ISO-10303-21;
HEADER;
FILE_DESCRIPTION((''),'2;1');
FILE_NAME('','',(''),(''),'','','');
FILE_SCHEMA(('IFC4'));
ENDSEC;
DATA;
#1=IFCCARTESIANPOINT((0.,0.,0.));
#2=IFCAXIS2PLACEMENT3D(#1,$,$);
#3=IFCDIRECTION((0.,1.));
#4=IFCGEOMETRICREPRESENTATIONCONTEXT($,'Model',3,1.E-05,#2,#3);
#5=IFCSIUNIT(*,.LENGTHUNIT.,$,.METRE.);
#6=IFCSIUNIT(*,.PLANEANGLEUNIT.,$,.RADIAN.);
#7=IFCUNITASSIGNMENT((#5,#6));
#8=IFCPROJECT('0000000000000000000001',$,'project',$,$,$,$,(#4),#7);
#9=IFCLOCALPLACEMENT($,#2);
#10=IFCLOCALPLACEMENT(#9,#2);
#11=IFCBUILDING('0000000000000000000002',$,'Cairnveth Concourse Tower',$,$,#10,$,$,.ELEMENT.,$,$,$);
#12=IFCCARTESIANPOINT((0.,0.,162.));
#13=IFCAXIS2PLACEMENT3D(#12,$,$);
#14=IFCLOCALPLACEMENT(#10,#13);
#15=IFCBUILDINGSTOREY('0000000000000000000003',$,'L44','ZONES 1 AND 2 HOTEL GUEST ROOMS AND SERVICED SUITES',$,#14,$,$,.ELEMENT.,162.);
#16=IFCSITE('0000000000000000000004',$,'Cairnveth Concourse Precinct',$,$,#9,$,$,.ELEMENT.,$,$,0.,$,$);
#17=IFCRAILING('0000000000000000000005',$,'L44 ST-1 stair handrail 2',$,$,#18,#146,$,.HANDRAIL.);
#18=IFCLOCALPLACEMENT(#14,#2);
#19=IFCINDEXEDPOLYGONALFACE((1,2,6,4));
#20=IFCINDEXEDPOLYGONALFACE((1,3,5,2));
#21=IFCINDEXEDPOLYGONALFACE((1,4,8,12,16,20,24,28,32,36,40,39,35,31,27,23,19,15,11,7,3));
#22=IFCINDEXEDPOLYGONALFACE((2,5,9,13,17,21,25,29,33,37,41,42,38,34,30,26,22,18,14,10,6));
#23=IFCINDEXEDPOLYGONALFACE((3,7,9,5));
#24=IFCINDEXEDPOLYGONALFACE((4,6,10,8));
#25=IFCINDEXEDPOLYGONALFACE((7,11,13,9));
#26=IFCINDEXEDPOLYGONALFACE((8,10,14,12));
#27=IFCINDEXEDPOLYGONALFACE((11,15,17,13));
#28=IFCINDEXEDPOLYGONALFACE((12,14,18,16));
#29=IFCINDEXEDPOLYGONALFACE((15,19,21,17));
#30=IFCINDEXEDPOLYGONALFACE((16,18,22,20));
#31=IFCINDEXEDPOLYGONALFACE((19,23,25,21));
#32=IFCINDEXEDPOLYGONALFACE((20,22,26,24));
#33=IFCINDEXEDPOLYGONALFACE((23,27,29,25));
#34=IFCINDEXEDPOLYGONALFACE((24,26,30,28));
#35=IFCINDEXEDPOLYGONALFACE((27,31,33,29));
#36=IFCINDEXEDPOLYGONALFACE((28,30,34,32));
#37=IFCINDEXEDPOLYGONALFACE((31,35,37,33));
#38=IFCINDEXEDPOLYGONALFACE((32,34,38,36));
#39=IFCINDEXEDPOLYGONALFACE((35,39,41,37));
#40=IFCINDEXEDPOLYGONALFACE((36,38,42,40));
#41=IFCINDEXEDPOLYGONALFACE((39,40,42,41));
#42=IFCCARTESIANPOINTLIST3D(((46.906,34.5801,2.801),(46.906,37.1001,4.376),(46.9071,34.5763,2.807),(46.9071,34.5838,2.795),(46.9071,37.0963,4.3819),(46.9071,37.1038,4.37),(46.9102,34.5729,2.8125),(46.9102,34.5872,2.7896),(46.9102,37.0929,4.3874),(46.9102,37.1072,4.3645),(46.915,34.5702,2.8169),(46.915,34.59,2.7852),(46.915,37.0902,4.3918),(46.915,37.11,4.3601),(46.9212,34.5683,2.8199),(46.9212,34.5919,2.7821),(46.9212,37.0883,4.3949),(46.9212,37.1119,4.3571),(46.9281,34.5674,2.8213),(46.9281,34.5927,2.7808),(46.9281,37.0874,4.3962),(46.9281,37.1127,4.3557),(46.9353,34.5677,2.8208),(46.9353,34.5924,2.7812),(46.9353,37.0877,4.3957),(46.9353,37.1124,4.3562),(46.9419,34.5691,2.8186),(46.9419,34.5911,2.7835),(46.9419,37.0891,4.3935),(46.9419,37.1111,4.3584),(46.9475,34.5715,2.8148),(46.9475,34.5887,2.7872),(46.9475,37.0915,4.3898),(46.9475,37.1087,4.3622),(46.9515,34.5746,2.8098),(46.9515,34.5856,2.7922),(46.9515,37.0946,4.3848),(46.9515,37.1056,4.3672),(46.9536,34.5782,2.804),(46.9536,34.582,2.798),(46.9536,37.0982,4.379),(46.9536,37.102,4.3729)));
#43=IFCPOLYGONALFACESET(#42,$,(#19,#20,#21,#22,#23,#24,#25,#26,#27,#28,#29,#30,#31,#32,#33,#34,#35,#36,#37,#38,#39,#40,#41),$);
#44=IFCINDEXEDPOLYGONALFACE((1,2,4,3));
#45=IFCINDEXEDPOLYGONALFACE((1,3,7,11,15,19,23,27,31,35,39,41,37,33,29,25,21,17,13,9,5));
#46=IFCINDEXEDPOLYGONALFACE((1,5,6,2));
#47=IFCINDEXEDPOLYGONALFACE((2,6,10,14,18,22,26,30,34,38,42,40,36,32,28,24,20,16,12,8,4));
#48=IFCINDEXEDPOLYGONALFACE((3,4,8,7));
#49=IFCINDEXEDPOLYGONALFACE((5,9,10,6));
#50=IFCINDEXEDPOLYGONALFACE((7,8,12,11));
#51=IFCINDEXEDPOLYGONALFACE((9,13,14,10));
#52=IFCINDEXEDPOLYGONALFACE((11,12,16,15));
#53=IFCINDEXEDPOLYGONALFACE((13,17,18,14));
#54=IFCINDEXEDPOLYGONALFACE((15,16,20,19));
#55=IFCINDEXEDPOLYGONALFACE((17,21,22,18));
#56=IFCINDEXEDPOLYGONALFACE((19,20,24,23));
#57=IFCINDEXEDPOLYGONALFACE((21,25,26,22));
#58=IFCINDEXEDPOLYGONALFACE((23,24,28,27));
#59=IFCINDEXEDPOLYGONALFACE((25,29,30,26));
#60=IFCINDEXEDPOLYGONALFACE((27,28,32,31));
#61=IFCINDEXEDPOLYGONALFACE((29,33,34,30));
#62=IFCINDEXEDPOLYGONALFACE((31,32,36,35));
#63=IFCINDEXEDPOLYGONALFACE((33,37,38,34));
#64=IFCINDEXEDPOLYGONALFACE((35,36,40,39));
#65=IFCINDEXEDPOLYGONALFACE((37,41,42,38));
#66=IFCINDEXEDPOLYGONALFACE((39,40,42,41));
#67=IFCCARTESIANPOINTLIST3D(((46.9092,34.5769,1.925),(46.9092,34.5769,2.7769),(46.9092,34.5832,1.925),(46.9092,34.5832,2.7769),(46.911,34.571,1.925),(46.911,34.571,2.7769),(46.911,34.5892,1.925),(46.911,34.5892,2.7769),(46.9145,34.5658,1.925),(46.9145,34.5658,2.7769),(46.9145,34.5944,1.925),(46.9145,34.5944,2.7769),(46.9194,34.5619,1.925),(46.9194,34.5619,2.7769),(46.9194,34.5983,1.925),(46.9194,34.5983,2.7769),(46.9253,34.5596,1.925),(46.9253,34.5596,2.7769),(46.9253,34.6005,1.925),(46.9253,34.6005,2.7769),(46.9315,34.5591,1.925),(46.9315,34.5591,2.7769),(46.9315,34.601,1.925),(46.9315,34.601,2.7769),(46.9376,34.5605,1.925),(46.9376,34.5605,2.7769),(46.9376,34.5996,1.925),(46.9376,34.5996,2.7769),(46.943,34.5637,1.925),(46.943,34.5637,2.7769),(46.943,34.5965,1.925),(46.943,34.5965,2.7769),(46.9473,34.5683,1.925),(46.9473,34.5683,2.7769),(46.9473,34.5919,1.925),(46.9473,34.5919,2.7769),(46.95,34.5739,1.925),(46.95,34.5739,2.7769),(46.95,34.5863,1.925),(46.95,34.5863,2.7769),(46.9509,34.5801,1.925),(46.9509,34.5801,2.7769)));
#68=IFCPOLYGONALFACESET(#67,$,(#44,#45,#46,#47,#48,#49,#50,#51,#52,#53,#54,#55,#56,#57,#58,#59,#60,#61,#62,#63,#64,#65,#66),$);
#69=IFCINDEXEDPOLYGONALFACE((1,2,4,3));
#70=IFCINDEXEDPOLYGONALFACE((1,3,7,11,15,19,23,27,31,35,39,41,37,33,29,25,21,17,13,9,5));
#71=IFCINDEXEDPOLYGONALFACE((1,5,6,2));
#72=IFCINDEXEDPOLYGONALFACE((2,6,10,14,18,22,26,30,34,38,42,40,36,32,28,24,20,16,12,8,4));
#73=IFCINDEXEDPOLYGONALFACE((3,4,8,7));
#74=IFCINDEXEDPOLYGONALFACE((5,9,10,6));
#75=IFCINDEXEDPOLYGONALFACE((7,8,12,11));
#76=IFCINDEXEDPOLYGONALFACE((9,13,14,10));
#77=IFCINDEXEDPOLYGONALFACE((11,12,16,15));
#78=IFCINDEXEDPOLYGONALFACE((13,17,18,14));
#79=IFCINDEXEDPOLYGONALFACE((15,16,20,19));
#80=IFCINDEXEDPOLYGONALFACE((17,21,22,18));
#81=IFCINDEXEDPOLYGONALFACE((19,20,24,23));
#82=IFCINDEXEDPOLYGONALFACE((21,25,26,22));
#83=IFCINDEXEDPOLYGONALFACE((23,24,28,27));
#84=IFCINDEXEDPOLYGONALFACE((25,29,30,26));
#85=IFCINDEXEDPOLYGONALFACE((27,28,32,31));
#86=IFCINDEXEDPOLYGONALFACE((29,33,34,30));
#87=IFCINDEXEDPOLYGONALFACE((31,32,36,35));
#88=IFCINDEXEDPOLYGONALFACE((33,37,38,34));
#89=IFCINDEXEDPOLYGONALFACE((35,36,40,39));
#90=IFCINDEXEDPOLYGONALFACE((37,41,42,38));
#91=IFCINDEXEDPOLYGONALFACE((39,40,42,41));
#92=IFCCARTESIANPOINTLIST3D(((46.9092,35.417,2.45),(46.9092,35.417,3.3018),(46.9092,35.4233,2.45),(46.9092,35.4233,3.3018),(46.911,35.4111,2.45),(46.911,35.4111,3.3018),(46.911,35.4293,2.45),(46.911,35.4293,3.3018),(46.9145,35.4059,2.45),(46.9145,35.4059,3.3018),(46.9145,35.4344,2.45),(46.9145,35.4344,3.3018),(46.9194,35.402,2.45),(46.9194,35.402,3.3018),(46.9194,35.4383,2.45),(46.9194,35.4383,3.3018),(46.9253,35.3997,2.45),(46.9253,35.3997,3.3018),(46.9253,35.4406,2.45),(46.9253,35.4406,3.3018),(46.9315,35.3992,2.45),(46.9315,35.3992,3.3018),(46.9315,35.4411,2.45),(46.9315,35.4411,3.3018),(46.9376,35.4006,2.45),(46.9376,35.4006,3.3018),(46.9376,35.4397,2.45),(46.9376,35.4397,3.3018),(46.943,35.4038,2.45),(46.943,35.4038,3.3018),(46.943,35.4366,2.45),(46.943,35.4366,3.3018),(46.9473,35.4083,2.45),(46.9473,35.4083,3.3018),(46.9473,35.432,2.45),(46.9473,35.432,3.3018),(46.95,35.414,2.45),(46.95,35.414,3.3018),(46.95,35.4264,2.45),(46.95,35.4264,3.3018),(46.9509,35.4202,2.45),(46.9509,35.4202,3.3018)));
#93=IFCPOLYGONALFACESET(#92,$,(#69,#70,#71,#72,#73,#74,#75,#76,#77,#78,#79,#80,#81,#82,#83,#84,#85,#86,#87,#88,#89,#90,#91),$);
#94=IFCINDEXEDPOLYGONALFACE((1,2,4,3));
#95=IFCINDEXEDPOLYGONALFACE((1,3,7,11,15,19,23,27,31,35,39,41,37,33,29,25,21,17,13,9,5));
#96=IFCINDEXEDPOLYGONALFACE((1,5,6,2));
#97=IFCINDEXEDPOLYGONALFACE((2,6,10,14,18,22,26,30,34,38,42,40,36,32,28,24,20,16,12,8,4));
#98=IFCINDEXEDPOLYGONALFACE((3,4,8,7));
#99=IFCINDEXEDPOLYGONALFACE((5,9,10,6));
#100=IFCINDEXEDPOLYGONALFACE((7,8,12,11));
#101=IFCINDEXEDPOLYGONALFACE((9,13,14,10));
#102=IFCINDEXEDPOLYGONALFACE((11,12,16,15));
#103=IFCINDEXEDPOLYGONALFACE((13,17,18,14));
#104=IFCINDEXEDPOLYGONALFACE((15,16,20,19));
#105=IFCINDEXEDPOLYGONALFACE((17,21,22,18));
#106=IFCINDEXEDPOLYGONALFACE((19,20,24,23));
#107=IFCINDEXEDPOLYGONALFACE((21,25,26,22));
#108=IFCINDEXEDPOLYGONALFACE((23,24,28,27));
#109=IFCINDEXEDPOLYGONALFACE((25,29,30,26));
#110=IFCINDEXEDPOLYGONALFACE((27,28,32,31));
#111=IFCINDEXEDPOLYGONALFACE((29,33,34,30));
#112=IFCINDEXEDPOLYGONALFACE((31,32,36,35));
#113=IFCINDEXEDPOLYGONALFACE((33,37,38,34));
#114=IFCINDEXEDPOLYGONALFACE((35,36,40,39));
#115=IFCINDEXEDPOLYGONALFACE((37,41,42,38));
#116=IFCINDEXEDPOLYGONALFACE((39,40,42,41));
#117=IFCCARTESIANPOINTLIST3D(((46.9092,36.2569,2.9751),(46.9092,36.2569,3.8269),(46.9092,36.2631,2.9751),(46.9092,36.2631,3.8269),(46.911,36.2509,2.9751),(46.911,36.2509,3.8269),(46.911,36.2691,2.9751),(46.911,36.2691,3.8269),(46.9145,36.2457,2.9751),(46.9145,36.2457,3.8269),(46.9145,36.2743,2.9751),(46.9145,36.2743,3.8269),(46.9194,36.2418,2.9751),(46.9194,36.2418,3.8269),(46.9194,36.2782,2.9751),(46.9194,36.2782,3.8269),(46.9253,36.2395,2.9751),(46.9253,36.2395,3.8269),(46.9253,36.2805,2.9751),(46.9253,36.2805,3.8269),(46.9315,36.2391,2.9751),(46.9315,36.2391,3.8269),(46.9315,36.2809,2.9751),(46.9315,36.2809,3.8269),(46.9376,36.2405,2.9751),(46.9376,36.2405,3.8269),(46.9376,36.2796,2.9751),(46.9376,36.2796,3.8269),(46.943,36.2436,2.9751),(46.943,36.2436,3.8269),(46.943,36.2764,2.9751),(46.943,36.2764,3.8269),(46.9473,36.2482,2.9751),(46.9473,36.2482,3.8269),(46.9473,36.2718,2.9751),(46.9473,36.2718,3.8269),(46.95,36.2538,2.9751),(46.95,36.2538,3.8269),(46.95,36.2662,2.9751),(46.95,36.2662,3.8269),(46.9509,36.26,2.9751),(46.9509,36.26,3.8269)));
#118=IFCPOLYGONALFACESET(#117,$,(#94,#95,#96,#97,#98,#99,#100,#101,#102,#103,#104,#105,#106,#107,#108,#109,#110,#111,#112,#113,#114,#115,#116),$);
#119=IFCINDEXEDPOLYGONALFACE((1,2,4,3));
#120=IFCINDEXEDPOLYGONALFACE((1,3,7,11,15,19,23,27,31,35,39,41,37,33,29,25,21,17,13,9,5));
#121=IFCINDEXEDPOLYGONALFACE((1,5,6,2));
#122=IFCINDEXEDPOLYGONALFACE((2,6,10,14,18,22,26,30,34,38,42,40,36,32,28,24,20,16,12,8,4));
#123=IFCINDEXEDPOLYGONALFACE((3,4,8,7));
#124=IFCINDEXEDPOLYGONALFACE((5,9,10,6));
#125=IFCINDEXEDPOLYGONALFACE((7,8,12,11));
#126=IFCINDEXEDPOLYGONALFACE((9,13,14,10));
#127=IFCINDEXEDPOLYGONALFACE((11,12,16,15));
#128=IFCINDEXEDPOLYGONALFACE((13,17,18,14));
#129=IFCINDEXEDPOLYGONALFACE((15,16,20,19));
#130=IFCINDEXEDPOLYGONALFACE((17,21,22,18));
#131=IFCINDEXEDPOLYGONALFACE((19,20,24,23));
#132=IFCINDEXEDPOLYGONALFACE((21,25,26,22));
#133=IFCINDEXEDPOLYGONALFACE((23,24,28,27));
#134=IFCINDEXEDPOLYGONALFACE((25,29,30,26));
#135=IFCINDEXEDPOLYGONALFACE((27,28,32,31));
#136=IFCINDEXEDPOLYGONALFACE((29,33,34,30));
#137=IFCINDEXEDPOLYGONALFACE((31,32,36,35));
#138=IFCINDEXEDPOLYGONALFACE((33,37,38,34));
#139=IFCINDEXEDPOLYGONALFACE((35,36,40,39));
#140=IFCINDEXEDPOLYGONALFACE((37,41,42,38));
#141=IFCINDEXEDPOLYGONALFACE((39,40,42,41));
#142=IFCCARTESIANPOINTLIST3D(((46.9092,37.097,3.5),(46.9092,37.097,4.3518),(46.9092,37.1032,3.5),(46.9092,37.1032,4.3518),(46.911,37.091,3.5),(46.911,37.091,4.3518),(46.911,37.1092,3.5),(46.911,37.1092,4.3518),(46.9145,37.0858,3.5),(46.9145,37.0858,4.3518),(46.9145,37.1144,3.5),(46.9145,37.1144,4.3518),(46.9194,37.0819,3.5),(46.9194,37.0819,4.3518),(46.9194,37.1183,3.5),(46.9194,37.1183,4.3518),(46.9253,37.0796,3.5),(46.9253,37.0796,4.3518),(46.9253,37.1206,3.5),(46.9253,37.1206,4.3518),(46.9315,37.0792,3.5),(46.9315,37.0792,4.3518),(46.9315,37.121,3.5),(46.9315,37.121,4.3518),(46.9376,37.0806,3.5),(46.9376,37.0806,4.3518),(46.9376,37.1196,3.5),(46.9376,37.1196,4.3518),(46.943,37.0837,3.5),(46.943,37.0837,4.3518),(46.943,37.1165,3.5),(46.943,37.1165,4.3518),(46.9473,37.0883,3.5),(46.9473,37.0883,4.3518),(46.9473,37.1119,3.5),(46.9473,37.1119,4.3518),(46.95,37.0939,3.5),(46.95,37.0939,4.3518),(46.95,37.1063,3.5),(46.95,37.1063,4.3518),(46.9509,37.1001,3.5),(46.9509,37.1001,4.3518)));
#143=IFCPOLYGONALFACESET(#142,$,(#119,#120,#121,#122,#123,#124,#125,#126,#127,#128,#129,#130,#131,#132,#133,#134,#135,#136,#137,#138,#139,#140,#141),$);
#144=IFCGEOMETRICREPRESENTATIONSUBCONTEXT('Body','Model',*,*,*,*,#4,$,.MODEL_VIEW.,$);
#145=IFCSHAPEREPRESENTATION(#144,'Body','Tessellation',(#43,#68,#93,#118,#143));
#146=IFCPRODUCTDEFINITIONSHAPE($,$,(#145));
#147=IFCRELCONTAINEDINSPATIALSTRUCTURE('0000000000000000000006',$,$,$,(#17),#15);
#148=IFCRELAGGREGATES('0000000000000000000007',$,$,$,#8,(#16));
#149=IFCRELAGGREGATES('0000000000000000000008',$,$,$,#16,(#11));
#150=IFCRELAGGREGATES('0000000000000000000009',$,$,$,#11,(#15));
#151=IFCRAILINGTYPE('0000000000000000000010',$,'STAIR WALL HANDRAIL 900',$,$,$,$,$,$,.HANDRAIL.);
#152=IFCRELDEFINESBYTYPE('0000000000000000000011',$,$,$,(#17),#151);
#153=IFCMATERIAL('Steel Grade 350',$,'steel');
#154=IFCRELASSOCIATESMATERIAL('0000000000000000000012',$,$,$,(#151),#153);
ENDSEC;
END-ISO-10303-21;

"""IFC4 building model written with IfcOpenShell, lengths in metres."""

from ifc_helpers import new_model, si_unit, direction, frame, origin, origin_2d, place, context, subcontext, project, spatial, circle, extrude, material, type_object, element, save


model = new_model("IFC4")

# Units and contexts
model_context = context("Model", 3, precision=1e-05, world=origin(), true_north=direction((0.0, 1.0)))
body_context = subcontext(model_context, "Body", "Model", "MODEL_VIEW")
ifc_project = project(units=[si_unit("LENGTHUNIT", "METRE"), si_unit("PLANEANGLEUNIT", "RADIAN")], contexts=[model_context])

# Site, building, storey
site_placement = place(None, origin())
site = spatial("IfcSite", under=ifc_project, at=site_placement, Name="Cairnveth Concourse Precinct", CompositionType="ELEMENT", RefElevation=0.0)
building_placement = place(site_placement, origin())
building = spatial("IfcBuilding", under=site, at=building_placement, Name="Cairnveth Concourse Tower", CompositionType="ELEMENT")
storey_placement = place(building_placement, frame((0.0, 0.0, 162.0)))
storey = spatial("IfcBuildingStorey", under=building, at=storey_placement, Name="L44", Description="ZONES 1 AND 2 HOTEL GUEST ROOMS AND SERVICED SUITES", CompositionType="ELEMENT", Elevation=162.0)

# Shared definitions
ifc_material_1 = material(Name="Steel Grade 350", Category="steel")

# Railing
railing_type_1 = type_object("IfcRailingType", Name="STAIR WALL HANDRAIL 900", PredefinedType="HANDRAIL", material=ifc_material_1)
railing_1_placement = place(storey_placement, frame((46.9299, 34.5801, 1.925)))
element("IfcRailing", 1, at=railing_1_placement, inside=storey, type_object=railing_type_1, Name="L44 ST-1 stair handrail 2", PredefinedType="HANDRAIL", context=body_context, shape_type="SweptSolid", body=[
    extrude(circle(Radius=0.0239, at=origin_2d()), frame((0.0, 0.0, 0.876), z_axis=(0.0, 0.848008, 0.529984), x_axis=(-1.0, 0.0, 0.0)), (0.0, 0.0, 1.0), 2.9717),
    extrude(circle(Radius=0.021, at=origin_2d()), origin(), (0.0, 0.0, 1.0), 0.8518),
    extrude(circle(Radius=0.021, at=origin_2d()), frame((0.0, 0.8401, 0.5249)), (0.0, 0.0, 1.0), 0.8518),
    extrude(circle(Radius=0.021, at=origin_2d()), frame((0.0, 1.6799, 1.05)), (0.0, 0.0, 1.0), 0.8518),
    extrude(circle(Radius=0.021, at=origin_2d()), frame((0.0, 2.52, 1.575)), (0.0, 0.0, 1.0), 0.8518),
])

save(model, "model.ifc")
